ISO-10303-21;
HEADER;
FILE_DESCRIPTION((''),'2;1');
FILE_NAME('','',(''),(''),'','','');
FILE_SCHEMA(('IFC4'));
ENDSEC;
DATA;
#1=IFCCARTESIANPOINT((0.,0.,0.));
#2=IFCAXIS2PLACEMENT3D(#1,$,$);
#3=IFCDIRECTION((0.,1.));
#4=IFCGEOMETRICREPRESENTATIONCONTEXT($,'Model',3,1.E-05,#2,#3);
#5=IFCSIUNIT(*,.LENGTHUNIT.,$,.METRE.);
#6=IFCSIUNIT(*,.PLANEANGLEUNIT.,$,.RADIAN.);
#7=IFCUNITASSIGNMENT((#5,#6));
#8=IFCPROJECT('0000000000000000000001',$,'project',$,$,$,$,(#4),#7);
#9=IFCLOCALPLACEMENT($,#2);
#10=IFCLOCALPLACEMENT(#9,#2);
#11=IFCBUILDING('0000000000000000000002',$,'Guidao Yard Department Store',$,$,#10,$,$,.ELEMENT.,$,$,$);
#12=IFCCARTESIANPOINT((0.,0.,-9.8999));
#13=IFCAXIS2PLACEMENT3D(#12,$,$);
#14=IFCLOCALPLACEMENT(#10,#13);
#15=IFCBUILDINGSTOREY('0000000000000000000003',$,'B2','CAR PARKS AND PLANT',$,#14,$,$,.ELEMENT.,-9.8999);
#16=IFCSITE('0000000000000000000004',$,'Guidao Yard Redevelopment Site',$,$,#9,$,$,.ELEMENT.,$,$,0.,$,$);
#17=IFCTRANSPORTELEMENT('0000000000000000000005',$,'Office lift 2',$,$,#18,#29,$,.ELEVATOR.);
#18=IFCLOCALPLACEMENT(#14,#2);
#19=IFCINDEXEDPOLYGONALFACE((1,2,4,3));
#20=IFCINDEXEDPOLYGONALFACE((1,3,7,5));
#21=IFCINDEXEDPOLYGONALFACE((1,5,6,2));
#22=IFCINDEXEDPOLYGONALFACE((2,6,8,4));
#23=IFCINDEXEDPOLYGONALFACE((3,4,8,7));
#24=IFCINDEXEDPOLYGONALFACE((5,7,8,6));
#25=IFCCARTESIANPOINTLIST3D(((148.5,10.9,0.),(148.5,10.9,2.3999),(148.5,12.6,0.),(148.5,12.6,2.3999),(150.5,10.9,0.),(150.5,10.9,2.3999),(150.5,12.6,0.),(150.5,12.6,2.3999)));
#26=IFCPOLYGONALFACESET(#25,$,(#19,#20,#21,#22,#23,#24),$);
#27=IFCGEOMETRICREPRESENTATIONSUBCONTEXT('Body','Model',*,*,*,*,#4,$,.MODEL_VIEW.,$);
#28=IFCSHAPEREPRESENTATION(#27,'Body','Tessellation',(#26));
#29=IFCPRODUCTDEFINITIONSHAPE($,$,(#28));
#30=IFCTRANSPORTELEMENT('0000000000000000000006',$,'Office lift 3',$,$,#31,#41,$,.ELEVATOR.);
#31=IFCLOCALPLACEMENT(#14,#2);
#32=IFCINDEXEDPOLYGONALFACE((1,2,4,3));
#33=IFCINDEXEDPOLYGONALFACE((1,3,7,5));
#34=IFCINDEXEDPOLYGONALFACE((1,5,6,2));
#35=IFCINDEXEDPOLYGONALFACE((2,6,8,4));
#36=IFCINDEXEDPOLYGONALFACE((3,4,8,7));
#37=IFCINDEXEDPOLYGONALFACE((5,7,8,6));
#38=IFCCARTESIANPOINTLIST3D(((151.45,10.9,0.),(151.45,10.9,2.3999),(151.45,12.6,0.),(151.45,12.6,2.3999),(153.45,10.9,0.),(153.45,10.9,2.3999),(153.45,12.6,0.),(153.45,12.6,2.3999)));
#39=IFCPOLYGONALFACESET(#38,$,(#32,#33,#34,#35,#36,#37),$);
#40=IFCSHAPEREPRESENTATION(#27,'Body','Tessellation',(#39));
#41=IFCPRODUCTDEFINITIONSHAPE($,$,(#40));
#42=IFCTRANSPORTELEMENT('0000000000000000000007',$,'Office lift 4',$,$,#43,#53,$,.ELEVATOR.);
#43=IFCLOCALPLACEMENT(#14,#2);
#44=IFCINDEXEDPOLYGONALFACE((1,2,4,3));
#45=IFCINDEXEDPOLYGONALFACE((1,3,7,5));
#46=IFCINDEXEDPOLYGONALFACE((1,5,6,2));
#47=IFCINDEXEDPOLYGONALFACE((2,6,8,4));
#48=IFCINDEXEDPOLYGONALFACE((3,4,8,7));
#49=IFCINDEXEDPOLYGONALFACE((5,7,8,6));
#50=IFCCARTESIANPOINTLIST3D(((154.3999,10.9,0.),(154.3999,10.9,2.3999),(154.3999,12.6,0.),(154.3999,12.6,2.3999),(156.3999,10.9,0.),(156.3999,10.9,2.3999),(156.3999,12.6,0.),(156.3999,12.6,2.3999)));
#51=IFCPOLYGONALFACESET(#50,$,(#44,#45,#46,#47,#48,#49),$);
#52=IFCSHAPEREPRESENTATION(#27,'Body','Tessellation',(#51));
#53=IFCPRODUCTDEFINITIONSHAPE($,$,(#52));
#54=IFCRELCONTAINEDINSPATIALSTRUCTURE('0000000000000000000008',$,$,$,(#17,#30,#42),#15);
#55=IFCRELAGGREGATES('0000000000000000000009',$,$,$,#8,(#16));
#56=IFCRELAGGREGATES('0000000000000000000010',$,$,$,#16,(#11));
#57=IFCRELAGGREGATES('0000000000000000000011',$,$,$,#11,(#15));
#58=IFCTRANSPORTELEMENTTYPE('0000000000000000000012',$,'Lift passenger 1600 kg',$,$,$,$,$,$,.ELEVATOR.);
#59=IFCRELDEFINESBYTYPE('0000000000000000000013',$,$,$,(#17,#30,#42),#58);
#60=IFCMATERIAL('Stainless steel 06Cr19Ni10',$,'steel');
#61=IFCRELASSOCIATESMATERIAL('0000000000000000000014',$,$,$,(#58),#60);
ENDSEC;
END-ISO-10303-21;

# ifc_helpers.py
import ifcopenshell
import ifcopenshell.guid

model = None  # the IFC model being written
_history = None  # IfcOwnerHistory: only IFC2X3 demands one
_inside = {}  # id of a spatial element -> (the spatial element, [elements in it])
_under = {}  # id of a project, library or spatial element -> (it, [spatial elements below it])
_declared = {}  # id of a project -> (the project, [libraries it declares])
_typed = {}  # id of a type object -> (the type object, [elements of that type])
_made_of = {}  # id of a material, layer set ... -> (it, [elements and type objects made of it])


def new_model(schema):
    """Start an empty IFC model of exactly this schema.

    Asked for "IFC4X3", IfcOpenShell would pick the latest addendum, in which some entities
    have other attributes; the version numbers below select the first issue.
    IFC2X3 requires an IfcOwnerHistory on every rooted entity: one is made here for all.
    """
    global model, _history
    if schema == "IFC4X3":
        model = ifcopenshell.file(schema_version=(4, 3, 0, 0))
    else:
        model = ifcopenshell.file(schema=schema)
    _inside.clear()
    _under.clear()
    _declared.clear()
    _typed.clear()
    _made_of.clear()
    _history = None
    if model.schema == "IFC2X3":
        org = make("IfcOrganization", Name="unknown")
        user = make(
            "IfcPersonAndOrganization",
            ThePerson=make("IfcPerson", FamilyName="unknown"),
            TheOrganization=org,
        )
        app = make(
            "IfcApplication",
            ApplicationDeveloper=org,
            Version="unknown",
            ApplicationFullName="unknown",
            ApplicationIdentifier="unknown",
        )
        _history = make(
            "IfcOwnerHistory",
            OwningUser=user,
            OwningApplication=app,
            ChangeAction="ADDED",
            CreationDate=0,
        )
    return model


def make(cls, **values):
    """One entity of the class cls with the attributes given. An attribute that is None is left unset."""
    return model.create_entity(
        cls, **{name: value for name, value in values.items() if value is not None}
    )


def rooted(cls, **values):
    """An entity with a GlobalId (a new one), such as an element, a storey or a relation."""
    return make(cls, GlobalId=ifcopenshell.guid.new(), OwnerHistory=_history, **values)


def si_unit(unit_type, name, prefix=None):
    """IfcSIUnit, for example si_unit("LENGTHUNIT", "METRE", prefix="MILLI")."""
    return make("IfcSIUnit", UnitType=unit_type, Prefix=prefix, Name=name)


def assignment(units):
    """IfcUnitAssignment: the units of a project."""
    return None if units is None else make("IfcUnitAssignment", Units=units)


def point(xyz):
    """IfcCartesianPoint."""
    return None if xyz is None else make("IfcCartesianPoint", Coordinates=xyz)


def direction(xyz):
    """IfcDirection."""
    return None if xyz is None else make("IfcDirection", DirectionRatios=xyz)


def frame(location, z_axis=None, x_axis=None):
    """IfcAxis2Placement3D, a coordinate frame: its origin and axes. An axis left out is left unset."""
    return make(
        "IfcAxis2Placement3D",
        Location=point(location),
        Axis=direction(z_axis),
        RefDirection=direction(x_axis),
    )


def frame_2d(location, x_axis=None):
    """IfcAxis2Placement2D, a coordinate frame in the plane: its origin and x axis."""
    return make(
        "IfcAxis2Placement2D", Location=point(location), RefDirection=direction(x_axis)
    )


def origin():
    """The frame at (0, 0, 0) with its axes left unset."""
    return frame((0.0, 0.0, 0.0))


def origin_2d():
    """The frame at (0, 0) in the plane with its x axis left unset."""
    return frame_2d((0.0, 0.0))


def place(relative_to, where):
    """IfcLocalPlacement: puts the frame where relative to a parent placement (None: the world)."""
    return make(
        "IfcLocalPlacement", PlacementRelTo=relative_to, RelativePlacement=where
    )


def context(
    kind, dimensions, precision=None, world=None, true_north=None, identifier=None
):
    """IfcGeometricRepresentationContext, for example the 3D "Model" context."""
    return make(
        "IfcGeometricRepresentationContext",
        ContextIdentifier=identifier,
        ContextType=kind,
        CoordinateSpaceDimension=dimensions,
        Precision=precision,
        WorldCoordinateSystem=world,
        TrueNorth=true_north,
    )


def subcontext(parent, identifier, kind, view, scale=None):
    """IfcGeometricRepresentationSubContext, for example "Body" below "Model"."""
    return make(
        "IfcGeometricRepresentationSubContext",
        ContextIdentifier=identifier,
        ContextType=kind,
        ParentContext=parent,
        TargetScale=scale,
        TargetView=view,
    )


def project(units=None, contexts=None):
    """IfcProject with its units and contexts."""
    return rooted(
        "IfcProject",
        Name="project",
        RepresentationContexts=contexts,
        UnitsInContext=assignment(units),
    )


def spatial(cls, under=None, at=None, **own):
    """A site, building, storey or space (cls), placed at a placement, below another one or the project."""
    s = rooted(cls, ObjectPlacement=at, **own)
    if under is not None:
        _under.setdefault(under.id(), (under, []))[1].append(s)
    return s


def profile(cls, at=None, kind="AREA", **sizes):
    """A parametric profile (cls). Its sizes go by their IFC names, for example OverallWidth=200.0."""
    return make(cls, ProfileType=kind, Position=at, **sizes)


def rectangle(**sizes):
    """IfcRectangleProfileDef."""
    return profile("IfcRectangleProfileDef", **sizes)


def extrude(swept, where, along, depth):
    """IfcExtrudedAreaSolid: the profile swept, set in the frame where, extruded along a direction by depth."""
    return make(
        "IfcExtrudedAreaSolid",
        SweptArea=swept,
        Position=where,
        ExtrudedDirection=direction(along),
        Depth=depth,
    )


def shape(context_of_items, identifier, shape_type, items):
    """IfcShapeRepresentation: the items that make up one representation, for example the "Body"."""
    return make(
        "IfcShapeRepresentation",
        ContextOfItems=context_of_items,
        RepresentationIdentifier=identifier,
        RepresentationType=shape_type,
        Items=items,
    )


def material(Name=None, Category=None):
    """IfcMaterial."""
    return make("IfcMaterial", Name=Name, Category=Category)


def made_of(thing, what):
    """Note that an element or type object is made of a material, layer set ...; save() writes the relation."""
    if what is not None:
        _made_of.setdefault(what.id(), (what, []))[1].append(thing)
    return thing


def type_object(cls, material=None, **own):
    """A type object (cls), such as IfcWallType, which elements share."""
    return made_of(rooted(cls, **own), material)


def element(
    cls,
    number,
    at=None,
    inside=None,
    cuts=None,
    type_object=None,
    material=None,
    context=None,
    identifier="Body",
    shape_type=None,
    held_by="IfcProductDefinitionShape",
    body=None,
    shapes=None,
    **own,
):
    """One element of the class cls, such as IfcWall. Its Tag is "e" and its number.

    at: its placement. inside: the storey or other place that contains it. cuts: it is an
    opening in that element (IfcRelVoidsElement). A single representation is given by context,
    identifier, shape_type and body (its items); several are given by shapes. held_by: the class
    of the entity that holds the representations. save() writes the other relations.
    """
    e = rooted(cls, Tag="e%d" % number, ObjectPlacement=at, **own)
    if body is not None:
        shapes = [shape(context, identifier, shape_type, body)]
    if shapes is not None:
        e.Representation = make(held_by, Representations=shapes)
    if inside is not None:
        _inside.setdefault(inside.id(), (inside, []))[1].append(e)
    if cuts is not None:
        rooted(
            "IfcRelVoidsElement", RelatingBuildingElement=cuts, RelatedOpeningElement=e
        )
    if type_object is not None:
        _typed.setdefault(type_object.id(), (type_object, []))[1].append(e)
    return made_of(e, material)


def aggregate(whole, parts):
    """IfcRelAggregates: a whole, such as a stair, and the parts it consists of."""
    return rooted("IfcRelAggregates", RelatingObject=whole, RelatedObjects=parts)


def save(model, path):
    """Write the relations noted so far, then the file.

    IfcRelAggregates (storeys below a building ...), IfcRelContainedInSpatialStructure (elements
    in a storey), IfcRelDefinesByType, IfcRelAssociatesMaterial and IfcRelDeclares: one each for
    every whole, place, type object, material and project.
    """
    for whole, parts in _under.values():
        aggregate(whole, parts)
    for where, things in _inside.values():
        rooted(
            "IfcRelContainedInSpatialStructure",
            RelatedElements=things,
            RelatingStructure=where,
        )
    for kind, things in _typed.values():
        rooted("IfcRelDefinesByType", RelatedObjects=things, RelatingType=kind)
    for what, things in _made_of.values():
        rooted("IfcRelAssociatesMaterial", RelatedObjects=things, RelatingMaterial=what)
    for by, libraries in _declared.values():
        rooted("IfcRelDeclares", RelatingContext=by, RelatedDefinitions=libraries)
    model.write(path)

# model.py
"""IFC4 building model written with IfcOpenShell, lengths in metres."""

from ifc_helpers import new_model, si_unit, direction, frame, origin, origin_2d, place, context, subcontext, project, spatial, rectangle, extrude, material, type_object, element, save


model = new_model("IFC4")

# Units and contexts
model_context = context("Model", 3, precision=1e-05, world=origin(), true_north=direction((0.0, 1.0)))
body_context = subcontext(model_context, "Body", "Model", "MODEL_VIEW")
ifc_project = project(units=[si_unit("LENGTHUNIT", "METRE"), si_unit("PLANEANGLEUNIT", "RADIAN")], contexts=[model_context])

# Site, building, storey
site_placement = place(None, origin())
site = spatial("IfcSite", under=ifc_project, at=site_placement, Name="Guidao Yard Redevelopment Site", CompositionType="ELEMENT", RefElevation=0.0)
building_placement = place(site_placement, origin())
building = spatial("IfcBuilding", under=site, at=building_placement, Name="Guidao Yard Department Store", CompositionType="ELEMENT")
storey_placement = place(building_placement, frame((0.0, 0.0, -9.8999)))
storey = spatial("IfcBuildingStorey", under=building, at=storey_placement, Name="B2", Description="CAR PARKS AND PLANT", CompositionType="ELEMENT", Elevation=-9.8999)

# Transport elements
ifc_material_1 = material(Name="Stainless steel 06Cr19Ni10", Category="steel")
transport_element_type = type_object("IfcTransportElementType", Name="Lift passenger 1600 kg", PredefinedType="ELEVATOR", material=ifc_material_1)
for number, where, z_axis, x_axis, name in (
    (1, (149.5, 11.75, 0.0), (0.0, 0.0, 1.0), (1.0, 0.0, 0.0), "Office lift 2"),
    (2, (152.45, 11.75, 0.0), (0.0, 0.0, 1.0), (1.0, 0.0, 0.0), "Office lift 3"),
    (3, (155.3999, 11.75, 0.0), (0.0, 0.0, 1.0), (1.0, 0.0, 0.0), "Office lift 4"),
):
    element("IfcTransportElement", number, at=place(storey_placement, frame(where, z_axis=z_axis, x_axis=x_axis)), inside=storey, type_object=transport_element_type, Name=name, PredefinedType="ELEVATOR", context=body_context, shape_type="SweptSolid", body=[
        extrude(rectangle(XDim=2.0, YDim=1.7, at=origin_2d()), origin(), (0.0, 0.0, 1.0), 2.3999),
    ])

save(model, "model.ifc")
